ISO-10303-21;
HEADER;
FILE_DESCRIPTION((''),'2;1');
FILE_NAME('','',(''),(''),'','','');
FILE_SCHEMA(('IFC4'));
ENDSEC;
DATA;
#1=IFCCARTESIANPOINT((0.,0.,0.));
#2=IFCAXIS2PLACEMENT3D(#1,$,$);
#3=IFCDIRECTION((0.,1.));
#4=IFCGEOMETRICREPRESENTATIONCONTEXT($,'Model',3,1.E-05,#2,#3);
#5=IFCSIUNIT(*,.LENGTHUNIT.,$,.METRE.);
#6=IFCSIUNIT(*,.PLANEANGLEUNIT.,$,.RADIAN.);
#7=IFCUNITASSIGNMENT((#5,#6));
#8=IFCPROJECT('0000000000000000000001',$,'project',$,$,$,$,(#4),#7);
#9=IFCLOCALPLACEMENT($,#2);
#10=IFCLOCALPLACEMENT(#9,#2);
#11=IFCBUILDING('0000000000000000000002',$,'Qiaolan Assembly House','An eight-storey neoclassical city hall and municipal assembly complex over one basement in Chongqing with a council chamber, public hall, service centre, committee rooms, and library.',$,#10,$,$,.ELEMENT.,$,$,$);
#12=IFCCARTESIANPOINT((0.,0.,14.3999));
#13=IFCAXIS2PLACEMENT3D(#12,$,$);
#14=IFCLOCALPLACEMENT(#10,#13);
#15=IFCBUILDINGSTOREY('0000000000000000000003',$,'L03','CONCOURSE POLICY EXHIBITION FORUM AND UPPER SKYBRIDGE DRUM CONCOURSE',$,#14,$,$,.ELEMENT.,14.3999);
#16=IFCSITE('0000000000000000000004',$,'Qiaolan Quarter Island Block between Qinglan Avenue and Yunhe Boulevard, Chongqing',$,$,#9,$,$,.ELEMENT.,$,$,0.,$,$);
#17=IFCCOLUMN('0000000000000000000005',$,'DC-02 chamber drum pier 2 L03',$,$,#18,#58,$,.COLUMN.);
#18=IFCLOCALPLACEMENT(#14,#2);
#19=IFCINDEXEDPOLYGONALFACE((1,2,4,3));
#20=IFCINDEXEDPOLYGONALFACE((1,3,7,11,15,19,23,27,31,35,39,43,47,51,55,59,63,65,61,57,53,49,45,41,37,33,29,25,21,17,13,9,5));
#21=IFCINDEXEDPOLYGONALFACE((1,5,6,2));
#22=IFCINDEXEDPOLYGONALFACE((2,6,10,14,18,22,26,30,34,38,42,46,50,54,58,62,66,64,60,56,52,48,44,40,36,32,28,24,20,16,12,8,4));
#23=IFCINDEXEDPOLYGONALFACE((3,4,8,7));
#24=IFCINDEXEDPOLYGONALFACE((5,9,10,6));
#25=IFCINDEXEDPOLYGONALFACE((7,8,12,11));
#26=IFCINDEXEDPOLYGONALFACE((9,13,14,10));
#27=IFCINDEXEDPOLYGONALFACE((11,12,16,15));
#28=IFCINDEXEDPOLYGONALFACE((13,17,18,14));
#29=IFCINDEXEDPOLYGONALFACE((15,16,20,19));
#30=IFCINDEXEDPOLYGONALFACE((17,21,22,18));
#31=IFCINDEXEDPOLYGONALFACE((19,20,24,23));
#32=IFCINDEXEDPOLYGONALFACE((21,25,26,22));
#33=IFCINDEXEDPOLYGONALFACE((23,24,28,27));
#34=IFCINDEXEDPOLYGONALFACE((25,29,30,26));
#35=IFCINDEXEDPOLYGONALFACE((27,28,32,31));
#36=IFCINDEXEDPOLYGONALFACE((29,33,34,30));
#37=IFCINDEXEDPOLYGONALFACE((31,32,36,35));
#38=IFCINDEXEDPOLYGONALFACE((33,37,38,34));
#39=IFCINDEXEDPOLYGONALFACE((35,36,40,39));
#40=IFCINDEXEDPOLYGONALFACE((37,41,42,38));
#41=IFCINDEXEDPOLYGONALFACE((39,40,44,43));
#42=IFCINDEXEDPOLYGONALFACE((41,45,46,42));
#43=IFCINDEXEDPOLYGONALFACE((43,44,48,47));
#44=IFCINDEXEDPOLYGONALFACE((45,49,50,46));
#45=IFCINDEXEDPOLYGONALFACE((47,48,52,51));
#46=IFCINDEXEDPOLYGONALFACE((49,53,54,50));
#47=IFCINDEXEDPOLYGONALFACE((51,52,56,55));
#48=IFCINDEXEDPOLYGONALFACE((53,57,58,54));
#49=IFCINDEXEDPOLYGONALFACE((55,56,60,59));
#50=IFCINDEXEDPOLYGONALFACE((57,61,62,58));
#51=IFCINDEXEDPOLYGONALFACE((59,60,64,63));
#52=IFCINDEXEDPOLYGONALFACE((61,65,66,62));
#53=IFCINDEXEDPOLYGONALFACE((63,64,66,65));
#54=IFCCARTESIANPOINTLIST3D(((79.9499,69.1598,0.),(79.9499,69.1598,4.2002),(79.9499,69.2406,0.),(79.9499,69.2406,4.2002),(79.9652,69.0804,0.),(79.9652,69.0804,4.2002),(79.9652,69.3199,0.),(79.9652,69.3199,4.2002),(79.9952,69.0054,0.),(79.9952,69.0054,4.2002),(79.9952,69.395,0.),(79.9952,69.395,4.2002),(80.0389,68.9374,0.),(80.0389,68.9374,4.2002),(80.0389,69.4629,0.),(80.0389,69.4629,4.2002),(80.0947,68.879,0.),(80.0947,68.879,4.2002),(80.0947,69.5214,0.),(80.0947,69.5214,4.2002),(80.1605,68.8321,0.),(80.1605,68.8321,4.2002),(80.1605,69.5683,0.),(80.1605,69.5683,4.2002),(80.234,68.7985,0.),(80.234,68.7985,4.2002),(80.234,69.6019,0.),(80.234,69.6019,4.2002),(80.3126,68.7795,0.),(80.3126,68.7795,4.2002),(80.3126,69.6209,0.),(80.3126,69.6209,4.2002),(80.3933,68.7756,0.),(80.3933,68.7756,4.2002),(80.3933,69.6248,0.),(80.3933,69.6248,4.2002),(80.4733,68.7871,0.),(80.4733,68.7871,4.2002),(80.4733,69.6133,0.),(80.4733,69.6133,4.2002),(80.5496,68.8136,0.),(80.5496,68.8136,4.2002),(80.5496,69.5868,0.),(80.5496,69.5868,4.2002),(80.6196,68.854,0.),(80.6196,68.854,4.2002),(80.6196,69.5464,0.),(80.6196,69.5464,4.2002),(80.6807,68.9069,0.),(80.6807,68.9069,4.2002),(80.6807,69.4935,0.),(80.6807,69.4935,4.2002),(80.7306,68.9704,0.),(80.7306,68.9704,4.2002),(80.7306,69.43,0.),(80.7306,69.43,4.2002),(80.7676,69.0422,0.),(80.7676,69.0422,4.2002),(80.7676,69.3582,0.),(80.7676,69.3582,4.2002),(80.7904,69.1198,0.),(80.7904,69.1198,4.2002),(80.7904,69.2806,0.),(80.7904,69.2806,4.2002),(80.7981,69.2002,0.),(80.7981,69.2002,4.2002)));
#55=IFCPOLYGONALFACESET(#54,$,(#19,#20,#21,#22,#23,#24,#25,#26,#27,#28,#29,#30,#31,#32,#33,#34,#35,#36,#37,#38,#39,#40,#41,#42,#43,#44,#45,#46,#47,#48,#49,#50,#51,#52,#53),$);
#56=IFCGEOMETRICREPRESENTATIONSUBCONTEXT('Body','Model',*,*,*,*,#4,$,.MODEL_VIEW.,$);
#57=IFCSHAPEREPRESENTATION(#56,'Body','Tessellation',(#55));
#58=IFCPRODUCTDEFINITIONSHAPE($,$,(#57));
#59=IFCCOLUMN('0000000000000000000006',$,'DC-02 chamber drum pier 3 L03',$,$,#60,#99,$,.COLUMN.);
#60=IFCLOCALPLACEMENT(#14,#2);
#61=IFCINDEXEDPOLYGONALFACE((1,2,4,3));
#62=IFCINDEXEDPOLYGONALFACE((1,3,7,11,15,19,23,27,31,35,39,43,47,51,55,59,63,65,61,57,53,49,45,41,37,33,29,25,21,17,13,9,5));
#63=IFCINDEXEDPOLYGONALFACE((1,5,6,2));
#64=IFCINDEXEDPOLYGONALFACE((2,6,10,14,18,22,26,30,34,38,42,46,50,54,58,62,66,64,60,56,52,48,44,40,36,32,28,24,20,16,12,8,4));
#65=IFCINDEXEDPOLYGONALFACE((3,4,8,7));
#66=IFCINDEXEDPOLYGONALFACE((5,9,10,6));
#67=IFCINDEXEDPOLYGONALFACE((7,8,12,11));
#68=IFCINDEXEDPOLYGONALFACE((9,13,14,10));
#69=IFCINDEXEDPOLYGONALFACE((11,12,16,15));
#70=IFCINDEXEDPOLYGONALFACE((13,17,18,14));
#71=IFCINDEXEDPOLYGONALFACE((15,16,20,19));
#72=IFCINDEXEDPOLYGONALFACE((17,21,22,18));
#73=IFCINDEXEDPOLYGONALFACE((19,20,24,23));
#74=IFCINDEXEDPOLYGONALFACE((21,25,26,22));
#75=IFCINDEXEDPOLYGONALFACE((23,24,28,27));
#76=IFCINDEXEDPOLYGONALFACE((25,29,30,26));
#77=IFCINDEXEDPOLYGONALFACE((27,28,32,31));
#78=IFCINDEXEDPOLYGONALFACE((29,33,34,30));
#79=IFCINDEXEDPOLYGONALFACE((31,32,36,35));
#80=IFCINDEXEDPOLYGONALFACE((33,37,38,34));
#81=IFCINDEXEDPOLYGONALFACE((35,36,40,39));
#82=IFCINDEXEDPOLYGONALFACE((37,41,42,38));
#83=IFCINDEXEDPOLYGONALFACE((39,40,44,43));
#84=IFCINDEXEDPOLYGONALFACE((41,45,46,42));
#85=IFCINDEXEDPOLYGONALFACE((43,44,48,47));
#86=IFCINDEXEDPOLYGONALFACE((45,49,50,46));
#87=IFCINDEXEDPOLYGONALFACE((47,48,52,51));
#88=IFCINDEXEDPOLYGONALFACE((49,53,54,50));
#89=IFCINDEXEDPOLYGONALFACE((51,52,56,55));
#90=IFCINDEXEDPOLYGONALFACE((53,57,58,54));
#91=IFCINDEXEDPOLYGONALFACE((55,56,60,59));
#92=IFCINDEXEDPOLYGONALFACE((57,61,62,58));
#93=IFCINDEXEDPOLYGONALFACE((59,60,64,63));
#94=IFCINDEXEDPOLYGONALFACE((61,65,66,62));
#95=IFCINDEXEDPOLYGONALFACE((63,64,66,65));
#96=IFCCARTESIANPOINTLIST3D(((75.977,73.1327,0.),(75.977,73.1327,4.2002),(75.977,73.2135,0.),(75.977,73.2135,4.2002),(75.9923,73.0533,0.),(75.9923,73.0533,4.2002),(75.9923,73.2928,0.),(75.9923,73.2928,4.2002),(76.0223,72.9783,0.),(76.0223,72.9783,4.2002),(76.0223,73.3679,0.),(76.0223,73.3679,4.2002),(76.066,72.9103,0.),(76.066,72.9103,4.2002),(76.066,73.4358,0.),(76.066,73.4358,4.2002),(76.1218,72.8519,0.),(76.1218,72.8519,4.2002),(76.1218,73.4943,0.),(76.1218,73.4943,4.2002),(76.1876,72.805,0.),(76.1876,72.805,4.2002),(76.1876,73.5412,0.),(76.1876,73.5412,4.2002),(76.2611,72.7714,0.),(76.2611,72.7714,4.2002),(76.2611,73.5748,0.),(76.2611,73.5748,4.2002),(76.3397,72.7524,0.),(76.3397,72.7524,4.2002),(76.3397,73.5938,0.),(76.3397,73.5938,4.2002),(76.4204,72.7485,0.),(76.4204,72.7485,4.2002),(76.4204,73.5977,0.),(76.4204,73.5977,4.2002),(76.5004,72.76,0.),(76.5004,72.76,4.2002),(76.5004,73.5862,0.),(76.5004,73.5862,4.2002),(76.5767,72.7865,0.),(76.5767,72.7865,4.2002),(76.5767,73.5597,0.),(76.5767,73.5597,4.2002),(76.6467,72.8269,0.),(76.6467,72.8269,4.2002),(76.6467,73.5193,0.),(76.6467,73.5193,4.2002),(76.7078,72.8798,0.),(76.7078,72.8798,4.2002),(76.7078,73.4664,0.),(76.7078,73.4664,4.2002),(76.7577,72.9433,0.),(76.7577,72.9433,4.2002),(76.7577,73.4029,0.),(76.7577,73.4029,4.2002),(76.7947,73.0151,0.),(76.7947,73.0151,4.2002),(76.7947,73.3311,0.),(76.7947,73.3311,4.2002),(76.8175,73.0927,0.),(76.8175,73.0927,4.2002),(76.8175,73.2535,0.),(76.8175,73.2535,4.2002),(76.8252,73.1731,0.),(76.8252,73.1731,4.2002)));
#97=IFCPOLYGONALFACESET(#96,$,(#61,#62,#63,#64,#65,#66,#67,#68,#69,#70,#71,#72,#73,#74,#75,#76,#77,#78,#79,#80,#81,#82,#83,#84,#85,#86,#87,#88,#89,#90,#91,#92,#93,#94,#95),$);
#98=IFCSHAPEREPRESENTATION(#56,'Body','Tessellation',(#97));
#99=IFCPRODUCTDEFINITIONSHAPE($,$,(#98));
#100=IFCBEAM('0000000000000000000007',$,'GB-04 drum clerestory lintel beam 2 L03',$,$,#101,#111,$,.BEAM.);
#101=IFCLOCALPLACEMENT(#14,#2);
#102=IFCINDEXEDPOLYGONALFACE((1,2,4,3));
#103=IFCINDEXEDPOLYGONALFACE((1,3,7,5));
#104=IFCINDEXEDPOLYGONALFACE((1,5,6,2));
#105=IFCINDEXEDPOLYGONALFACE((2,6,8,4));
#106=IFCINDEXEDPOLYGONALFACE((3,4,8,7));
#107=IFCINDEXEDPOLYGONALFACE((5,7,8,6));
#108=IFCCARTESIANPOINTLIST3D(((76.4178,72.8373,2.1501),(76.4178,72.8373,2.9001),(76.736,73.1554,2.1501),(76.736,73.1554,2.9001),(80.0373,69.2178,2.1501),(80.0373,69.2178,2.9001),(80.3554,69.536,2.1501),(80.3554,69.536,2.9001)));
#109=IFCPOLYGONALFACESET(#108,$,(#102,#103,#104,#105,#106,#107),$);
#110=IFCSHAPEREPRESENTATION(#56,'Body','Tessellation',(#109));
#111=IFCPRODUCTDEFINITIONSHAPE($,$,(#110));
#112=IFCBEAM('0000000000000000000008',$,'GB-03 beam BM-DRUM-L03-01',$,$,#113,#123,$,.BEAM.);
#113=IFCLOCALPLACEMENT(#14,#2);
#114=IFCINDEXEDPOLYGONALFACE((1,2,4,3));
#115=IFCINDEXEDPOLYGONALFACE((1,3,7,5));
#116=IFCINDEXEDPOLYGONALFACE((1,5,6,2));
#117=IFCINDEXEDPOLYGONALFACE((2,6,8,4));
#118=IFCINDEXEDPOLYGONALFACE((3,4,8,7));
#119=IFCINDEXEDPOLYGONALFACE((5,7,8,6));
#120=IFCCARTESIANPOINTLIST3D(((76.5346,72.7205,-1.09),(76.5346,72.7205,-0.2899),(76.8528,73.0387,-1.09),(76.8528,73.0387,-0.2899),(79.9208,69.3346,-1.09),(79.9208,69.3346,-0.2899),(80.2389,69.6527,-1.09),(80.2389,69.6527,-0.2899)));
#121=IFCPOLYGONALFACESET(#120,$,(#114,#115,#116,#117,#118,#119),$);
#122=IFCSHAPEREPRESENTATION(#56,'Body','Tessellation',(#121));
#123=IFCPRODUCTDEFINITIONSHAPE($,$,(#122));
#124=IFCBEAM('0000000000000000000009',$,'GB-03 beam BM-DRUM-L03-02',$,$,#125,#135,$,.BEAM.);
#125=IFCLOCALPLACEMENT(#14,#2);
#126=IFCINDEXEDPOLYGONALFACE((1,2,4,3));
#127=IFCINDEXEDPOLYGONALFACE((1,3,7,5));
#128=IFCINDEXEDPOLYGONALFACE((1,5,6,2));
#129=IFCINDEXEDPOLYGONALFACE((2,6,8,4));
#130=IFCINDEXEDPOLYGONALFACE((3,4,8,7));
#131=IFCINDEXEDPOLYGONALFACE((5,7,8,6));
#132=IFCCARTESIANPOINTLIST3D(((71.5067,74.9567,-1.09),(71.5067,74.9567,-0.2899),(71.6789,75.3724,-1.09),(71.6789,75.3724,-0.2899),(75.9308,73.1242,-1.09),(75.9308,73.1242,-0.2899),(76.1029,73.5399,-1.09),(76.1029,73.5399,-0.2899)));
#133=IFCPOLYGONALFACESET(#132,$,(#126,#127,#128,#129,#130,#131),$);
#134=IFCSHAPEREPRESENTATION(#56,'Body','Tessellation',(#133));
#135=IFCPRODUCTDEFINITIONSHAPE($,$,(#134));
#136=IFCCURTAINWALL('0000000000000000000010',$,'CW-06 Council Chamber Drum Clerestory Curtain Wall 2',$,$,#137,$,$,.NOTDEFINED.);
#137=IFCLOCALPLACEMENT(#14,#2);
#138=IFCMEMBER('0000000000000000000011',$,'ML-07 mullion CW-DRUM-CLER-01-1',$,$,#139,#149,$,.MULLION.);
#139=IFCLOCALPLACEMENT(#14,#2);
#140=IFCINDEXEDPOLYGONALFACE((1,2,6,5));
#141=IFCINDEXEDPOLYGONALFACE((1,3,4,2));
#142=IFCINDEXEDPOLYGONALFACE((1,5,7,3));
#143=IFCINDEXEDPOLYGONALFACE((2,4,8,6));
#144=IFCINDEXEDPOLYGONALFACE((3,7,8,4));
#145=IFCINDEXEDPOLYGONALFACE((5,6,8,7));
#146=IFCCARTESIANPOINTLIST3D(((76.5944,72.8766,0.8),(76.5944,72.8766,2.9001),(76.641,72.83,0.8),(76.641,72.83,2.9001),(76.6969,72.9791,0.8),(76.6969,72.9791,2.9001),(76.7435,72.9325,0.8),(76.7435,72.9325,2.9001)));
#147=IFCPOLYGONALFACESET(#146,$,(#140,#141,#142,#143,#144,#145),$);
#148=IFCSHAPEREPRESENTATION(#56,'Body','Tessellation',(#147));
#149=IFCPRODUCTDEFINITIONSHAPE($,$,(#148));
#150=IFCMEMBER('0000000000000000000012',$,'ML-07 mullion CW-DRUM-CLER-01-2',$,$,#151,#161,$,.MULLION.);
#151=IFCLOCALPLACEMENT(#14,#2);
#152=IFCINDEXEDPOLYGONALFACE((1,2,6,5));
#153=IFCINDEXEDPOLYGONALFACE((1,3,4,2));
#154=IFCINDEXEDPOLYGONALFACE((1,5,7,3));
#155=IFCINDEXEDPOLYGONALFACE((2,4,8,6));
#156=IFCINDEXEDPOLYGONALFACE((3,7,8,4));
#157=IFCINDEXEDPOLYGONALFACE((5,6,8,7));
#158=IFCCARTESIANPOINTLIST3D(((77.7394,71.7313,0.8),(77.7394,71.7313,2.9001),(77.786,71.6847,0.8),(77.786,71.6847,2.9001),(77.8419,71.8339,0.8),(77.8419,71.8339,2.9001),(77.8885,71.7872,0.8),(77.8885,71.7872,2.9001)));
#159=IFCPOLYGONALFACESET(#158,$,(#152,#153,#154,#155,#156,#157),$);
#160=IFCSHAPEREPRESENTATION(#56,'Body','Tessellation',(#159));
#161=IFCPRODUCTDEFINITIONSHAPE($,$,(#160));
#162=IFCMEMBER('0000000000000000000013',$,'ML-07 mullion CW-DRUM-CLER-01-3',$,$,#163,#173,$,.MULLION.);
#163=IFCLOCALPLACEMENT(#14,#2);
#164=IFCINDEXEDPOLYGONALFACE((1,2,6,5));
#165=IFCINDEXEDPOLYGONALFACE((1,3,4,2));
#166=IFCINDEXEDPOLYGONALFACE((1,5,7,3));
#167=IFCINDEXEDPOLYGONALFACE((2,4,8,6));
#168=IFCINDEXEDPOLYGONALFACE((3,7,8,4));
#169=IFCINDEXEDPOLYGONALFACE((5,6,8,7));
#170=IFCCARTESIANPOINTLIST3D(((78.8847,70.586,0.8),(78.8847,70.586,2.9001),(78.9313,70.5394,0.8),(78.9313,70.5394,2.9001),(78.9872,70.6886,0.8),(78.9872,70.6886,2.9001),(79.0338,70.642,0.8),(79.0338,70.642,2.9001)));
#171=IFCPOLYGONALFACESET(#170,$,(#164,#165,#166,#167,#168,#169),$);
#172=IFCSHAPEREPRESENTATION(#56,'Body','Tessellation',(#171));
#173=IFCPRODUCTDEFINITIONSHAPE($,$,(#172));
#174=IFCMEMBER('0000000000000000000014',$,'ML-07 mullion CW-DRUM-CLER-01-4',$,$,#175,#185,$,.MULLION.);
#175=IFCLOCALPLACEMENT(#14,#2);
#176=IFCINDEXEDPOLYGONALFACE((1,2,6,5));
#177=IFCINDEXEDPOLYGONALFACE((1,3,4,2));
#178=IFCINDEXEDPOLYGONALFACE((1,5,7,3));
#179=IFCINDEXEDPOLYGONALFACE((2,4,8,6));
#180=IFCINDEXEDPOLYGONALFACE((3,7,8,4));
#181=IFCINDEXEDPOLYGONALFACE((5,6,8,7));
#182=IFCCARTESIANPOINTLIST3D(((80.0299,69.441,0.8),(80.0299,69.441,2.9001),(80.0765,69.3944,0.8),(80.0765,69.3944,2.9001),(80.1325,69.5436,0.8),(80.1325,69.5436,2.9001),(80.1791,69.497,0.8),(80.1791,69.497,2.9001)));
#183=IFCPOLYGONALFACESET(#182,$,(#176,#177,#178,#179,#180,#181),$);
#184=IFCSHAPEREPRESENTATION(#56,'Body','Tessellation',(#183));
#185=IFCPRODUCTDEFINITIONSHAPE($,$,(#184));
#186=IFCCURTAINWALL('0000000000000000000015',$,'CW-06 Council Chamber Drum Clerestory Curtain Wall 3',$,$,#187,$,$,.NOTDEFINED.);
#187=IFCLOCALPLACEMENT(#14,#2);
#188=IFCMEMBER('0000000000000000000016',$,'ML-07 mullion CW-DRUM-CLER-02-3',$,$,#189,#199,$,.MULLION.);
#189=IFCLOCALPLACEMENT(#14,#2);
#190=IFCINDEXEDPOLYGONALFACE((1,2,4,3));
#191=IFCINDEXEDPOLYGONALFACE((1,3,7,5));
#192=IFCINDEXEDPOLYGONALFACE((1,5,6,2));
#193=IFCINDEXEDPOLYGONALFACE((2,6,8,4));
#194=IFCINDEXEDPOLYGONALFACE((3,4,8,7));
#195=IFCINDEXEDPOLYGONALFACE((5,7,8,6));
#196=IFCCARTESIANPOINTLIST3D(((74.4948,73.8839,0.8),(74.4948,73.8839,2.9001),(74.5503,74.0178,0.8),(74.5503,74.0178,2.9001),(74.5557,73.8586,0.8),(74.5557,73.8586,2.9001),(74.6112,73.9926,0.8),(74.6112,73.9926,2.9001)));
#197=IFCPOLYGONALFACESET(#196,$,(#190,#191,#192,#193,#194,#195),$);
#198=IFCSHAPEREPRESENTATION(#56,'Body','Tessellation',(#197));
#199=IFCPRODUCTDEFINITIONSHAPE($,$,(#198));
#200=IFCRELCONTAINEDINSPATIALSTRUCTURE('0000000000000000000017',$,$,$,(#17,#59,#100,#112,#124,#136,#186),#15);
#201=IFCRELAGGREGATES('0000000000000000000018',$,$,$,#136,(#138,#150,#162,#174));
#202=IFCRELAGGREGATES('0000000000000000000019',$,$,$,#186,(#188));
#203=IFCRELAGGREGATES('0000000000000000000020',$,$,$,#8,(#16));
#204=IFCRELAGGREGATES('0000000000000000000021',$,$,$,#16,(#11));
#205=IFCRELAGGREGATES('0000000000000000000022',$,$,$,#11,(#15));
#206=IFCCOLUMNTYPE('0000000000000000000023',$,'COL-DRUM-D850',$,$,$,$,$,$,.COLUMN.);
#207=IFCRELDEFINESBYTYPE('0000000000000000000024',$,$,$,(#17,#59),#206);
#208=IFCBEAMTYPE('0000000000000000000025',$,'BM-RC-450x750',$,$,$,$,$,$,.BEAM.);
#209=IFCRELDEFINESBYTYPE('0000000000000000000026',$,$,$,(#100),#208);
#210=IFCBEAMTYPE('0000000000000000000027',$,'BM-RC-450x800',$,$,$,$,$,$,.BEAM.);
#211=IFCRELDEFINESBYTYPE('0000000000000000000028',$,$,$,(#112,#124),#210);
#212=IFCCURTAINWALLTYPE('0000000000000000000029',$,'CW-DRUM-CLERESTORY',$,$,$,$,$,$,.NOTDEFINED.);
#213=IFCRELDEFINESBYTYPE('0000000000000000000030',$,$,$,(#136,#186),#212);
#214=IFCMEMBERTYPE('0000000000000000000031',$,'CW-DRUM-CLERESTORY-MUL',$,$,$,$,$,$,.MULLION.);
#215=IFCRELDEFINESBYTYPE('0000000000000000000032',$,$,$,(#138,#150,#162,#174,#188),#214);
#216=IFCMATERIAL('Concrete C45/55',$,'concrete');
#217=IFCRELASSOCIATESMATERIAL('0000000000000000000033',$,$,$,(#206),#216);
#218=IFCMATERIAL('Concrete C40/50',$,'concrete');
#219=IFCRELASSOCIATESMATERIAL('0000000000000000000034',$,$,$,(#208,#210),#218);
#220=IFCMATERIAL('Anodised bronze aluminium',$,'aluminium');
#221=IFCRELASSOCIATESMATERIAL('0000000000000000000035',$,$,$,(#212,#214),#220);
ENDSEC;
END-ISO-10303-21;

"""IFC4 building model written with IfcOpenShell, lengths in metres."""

from ifc_helpers import new_model, si_unit, direction, frame, origin, origin_2d, place, context, subcontext, project, spatial, rectangle, circle, extrude, material, material_profile, profile_set, type_object, element, aggregate, save


model = new_model("IFC4")

# Units and contexts
model_context = context("Model", 3, precision=1e-05, world=origin(), true_north=direction((0.0, 1.0)))
body_context = subcontext(model_context, "Body", "Model", "MODEL_VIEW")
ifc_project = project(units=[si_unit("LENGTHUNIT", "METRE"), si_unit("PLANEANGLEUNIT", "RADIAN")], contexts=[model_context])

# Site, building, storey
site_placement = place(None, origin())
site = spatial("IfcSite", under=ifc_project, at=site_placement, Name="Qiaolan Quarter Island Block between Qinglan Avenue and Yunhe Boulevard, Chongqing", CompositionType="ELEMENT", RefElevation=0.0)
building_placement = place(site_placement, origin())
building = spatial("IfcBuilding", under=site, at=building_placement, Name="Qiaolan Assembly House", Description="An eight-storey neoclassical city hall and municipal assembly complex over one basement in Chongqing with a council chamber, public hall, service centre, committee rooms, and library.", CompositionType="ELEMENT")
storey_placement = place(building_placement, frame((0.0, 0.0, 14.3999)))
storey = spatial("IfcBuildingStorey", under=building, at=storey_placement, Name="L03", Description="CONCOURSE POLICY EXHIBITION FORUM AND UPPER SKYBRIDGE DRUM CONCOURSE", CompositionType="ELEMENT", Elevation=14.3999)

# Columns
ifc_material_1 = material(Name="Concrete C45/55", Category="concrete")
ifc_material_profile_1 = material_profile(ifc_material_1, circle(Radius=0.425, at=origin_2d()), Name="CIRC D850")
ifc_profile_set_1 = profile_set([ifc_material_profile_1], Name="Concrete C45/55")
column_type = type_object("IfcColumnType", Name="COL-DRUM-D850", PredefinedType="COLUMN", material=ifc_profile_set_1)
for number, where, z_axis, x_axis, name in (
    (1, (80.373, 69.2002, 0.0), (0.0, 0.0, 1.0), (1.0, 0.0, 0.0), "DC-02 chamber drum pier 2 L03"),
    (2, (76.4001, 73.1731, 0.0), (0.0, 0.0, 1.0), (1.0, 0.0, 0.0), "DC-02 chamber drum pier 3 L03"),
):
    element("IfcColumn", number, at=place(storey_placement, frame(where, z_axis=z_axis, x_axis=x_axis)), inside=storey, type_object=column_type, Name=name, PredefinedType="COLUMN", context=body_context, shape_type="SweptSolid", body=[
        extrude(circle(Radius=0.425, at=origin_2d()), origin(), (0.0, 0.0, 1.0), 4.2002),
    ])

# Beams
ifc_material_2 = material(Name="Concrete C40/50", Category="concrete")
ifc_material_profile_2 = material_profile(ifc_material_2, rectangle(XDim=0.45, YDim=0.75, at=origin_2d()), Name="RCB 450x750")
ifc_profile_set_2 = profile_set([ifc_material_profile_2], Name="Concrete C40/50")
beam_type_1 = type_object("IfcBeamType", Name="BM-RC-450x750", PredefinedType="BEAM", material=ifc_profile_set_2)
beam_placement = place(storey_placement, frame((76.5769, 72.9963, 2.5251), z_axis=(0.707107, -0.707107, 0.0), x_axis=(0.707107, 0.707107, 0.0)))
element("IfcBeam", 3, at=beam_placement, inside=storey, type_object=beam_type_1, Name="GB-04 drum clerestory lintel beam 2 L03", PredefinedType="BEAM", context=body_context, shape_type="SweptSolid", body=[
    extrude(rectangle(XDim=0.45, YDim=0.75, at=origin_2d()), origin(), (0.0, 0.0, 1.0), 5.1187),
])
ifc_material_profile_3 = material_profile(ifc_material_2, rectangle(XDim=0.45, YDim=0.8, at=origin_2d()), Name="RCB 450x800")
ifc_profile_set_3 = profile_set([ifc_material_profile_3], Name="Concrete C40/50")
beam_type_2 = type_object("IfcBeamType", Name="BM-RC-450x800", PredefinedType="BEAM", material=ifc_profile_set_3)
for number, where, z_axis, x_axis, name in (
    (4, (80.0798, 69.4937, -0.6899), (-0.707132, 0.707081, 0.0), (-0.707081, -0.707132, 0.0), "GB-03 beam BM-DRUM-L03-01"),
    (5, (76.0168, 73.332, -0.6899), (-0.923879, 0.382685, 0.0), (-0.382685, -0.923879, 0.0), "GB-03 beam BM-DRUM-L03-02"),
):
    element("IfcBeam", number, at=place(storey_placement, frame(where, z_axis=z_axis, x_axis=x_axis)), inside=storey, type_object=beam_type_2, Name=name, PredefinedType="BEAM", context=body_context, shape_type="SweptSolid", body=[
        extrude(rectangle(XDim=0.45, YDim=0.8, at=origin_2d()), origin(), (0.0, 0.0, 1.0), 4.7886),
    ])

# Curtain walls, members
ifc_material_3 = material(Name="Anodised bronze aluminium", Category="aluminium")
curtain_wall_type = type_object("IfcCurtainWallType", Name="CW-DRUM-CLERESTORY", PredefinedType="NOTDEFINED", material=ifc_material_3)
curtain_wall_1_placement = place(storey_placement, origin())
curtain_wall_1 = element("IfcCurtainWall", 6, at=curtain_wall_1_placement, inside=storey, type_object=curtain_wall_type, Name="CW-06 Council Chamber Drum Clerestory Curtain Wall 2", PredefinedType="NOTDEFINED")
ifc_material_profile_4 = material_profile(ifc_material_3, rectangle(XDim=0.0659, YDim=0.145, at=origin_2d()), Name="MUL 66x145")
ifc_profile_set_4 = profile_set([ifc_material_profile_4], Name="Anodised bronze aluminium")
member_type_1 = type_object("IfcMemberType", Name="CW-DRUM-CLERESTORY-MUL", PredefinedType="MULLION", material=ifc_profile_set_4)
member_1_placement = place(storey_placement, frame((76.6689, 72.9045, 0.8), z_axis=(0.0, 0.0, 1.0), x_axis=(0.707107, -0.707107, 0.0)))
member_1 = element("IfcMember", 7, at=member_1_placement, type_object=member_type_1, Name="ML-07 mullion CW-DRUM-CLER-01-1", PredefinedType="MULLION", context=body_context, shape_type="SweptSolid", body=[
    extrude(rectangle(XDim=0.0659, YDim=0.145, at=origin_2d()), origin(), (0.0, 0.0, 1.0), 2.1001),
])
member_2_placement = place(storey_placement, frame((77.814, 71.7593, 0.8), z_axis=(0.0, 0.0, 1.0), x_axis=(0.707107, -0.707107, 0.0)))
member_2 = element("IfcMember", 8, at=member_2_placement, type_object=member_type_1, Name="ML-07 mullion CW-DRUM-CLER-01-2", PredefinedType="MULLION", context=body_context, shape_type="SweptSolid", body=[
    extrude(rectangle(XDim=0.0659, YDim=0.145, at=origin_2d()), origin(), (0.0, 0.0, 1.0), 2.1001),
])
member_3_placement = place(storey_placement, frame((78.9592, 70.614, 0.8), z_axis=(0.0, 0.0, 1.0), x_axis=(0.707107, -0.707107, 0.0)))
member_3 = element("IfcMember", 9, at=member_3_placement, type_object=member_type_1, Name="ML-07 mullion CW-DRUM-CLER-01-3", PredefinedType="MULLION", context=body_context, shape_type="SweptSolid", body=[
    extrude(rectangle(XDim=0.0659, YDim=0.145, at=origin_2d()), origin(), (0.0, 0.0, 1.0), 2.1001),
])
member_4_placement = place(storey_placement, frame((80.1045, 69.469, 0.8), z_axis=(0.0, 0.0, 1.0), x_axis=(0.707107, -0.707107, 0.0)))
member_4 = element("IfcMember", 10, at=member_4_placement, type_object=member_type_1, Name="ML-07 mullion CW-DRUM-CLER-01-4", PredefinedType="MULLION", context=body_context, shape_type="SweptSolid", body=[
    extrude(rectangle(XDim=0.0659, YDim=0.145, at=origin_2d()), origin(), (0.0, 0.0, 1.0), 2.1001),
])
curtain_wall_2_placement = place(storey_placement, origin())
curtain_wall_2 = element("IfcCurtainWall", 11, at=curtain_wall_2_placement, inside=storey, type_object=curtain_wall_type, Name="CW-06 Council Chamber Drum Clerestory Curtain Wall 3", PredefinedType="NOTDEFINED")
member_5_placement = place(storey_placement, frame((74.553, 73.9382, 0.8), z_axis=(0.0, 0.0, 1.0), x_axis=(0.92388, -0.382683, 0.0)))
member_5 = element("IfcMember", 12, at=member_5_placement, type_object=member_type_1, Name="ML-07 mullion CW-DRUM-CLER-02-3", PredefinedType="MULLION", context=body_context, shape_type="SweptSolid", body=[
    extrude(rectangle(XDim=0.0659, YDim=0.145, at=origin_2d()), origin(), (0.0, 0.0, 1.0), 2.1001),
])

aggregate(curtain_wall_1, [member_1, member_2, member_3, member_4])
aggregate(curtain_wall_2, [member_5])

save(model, "model.ifc")
